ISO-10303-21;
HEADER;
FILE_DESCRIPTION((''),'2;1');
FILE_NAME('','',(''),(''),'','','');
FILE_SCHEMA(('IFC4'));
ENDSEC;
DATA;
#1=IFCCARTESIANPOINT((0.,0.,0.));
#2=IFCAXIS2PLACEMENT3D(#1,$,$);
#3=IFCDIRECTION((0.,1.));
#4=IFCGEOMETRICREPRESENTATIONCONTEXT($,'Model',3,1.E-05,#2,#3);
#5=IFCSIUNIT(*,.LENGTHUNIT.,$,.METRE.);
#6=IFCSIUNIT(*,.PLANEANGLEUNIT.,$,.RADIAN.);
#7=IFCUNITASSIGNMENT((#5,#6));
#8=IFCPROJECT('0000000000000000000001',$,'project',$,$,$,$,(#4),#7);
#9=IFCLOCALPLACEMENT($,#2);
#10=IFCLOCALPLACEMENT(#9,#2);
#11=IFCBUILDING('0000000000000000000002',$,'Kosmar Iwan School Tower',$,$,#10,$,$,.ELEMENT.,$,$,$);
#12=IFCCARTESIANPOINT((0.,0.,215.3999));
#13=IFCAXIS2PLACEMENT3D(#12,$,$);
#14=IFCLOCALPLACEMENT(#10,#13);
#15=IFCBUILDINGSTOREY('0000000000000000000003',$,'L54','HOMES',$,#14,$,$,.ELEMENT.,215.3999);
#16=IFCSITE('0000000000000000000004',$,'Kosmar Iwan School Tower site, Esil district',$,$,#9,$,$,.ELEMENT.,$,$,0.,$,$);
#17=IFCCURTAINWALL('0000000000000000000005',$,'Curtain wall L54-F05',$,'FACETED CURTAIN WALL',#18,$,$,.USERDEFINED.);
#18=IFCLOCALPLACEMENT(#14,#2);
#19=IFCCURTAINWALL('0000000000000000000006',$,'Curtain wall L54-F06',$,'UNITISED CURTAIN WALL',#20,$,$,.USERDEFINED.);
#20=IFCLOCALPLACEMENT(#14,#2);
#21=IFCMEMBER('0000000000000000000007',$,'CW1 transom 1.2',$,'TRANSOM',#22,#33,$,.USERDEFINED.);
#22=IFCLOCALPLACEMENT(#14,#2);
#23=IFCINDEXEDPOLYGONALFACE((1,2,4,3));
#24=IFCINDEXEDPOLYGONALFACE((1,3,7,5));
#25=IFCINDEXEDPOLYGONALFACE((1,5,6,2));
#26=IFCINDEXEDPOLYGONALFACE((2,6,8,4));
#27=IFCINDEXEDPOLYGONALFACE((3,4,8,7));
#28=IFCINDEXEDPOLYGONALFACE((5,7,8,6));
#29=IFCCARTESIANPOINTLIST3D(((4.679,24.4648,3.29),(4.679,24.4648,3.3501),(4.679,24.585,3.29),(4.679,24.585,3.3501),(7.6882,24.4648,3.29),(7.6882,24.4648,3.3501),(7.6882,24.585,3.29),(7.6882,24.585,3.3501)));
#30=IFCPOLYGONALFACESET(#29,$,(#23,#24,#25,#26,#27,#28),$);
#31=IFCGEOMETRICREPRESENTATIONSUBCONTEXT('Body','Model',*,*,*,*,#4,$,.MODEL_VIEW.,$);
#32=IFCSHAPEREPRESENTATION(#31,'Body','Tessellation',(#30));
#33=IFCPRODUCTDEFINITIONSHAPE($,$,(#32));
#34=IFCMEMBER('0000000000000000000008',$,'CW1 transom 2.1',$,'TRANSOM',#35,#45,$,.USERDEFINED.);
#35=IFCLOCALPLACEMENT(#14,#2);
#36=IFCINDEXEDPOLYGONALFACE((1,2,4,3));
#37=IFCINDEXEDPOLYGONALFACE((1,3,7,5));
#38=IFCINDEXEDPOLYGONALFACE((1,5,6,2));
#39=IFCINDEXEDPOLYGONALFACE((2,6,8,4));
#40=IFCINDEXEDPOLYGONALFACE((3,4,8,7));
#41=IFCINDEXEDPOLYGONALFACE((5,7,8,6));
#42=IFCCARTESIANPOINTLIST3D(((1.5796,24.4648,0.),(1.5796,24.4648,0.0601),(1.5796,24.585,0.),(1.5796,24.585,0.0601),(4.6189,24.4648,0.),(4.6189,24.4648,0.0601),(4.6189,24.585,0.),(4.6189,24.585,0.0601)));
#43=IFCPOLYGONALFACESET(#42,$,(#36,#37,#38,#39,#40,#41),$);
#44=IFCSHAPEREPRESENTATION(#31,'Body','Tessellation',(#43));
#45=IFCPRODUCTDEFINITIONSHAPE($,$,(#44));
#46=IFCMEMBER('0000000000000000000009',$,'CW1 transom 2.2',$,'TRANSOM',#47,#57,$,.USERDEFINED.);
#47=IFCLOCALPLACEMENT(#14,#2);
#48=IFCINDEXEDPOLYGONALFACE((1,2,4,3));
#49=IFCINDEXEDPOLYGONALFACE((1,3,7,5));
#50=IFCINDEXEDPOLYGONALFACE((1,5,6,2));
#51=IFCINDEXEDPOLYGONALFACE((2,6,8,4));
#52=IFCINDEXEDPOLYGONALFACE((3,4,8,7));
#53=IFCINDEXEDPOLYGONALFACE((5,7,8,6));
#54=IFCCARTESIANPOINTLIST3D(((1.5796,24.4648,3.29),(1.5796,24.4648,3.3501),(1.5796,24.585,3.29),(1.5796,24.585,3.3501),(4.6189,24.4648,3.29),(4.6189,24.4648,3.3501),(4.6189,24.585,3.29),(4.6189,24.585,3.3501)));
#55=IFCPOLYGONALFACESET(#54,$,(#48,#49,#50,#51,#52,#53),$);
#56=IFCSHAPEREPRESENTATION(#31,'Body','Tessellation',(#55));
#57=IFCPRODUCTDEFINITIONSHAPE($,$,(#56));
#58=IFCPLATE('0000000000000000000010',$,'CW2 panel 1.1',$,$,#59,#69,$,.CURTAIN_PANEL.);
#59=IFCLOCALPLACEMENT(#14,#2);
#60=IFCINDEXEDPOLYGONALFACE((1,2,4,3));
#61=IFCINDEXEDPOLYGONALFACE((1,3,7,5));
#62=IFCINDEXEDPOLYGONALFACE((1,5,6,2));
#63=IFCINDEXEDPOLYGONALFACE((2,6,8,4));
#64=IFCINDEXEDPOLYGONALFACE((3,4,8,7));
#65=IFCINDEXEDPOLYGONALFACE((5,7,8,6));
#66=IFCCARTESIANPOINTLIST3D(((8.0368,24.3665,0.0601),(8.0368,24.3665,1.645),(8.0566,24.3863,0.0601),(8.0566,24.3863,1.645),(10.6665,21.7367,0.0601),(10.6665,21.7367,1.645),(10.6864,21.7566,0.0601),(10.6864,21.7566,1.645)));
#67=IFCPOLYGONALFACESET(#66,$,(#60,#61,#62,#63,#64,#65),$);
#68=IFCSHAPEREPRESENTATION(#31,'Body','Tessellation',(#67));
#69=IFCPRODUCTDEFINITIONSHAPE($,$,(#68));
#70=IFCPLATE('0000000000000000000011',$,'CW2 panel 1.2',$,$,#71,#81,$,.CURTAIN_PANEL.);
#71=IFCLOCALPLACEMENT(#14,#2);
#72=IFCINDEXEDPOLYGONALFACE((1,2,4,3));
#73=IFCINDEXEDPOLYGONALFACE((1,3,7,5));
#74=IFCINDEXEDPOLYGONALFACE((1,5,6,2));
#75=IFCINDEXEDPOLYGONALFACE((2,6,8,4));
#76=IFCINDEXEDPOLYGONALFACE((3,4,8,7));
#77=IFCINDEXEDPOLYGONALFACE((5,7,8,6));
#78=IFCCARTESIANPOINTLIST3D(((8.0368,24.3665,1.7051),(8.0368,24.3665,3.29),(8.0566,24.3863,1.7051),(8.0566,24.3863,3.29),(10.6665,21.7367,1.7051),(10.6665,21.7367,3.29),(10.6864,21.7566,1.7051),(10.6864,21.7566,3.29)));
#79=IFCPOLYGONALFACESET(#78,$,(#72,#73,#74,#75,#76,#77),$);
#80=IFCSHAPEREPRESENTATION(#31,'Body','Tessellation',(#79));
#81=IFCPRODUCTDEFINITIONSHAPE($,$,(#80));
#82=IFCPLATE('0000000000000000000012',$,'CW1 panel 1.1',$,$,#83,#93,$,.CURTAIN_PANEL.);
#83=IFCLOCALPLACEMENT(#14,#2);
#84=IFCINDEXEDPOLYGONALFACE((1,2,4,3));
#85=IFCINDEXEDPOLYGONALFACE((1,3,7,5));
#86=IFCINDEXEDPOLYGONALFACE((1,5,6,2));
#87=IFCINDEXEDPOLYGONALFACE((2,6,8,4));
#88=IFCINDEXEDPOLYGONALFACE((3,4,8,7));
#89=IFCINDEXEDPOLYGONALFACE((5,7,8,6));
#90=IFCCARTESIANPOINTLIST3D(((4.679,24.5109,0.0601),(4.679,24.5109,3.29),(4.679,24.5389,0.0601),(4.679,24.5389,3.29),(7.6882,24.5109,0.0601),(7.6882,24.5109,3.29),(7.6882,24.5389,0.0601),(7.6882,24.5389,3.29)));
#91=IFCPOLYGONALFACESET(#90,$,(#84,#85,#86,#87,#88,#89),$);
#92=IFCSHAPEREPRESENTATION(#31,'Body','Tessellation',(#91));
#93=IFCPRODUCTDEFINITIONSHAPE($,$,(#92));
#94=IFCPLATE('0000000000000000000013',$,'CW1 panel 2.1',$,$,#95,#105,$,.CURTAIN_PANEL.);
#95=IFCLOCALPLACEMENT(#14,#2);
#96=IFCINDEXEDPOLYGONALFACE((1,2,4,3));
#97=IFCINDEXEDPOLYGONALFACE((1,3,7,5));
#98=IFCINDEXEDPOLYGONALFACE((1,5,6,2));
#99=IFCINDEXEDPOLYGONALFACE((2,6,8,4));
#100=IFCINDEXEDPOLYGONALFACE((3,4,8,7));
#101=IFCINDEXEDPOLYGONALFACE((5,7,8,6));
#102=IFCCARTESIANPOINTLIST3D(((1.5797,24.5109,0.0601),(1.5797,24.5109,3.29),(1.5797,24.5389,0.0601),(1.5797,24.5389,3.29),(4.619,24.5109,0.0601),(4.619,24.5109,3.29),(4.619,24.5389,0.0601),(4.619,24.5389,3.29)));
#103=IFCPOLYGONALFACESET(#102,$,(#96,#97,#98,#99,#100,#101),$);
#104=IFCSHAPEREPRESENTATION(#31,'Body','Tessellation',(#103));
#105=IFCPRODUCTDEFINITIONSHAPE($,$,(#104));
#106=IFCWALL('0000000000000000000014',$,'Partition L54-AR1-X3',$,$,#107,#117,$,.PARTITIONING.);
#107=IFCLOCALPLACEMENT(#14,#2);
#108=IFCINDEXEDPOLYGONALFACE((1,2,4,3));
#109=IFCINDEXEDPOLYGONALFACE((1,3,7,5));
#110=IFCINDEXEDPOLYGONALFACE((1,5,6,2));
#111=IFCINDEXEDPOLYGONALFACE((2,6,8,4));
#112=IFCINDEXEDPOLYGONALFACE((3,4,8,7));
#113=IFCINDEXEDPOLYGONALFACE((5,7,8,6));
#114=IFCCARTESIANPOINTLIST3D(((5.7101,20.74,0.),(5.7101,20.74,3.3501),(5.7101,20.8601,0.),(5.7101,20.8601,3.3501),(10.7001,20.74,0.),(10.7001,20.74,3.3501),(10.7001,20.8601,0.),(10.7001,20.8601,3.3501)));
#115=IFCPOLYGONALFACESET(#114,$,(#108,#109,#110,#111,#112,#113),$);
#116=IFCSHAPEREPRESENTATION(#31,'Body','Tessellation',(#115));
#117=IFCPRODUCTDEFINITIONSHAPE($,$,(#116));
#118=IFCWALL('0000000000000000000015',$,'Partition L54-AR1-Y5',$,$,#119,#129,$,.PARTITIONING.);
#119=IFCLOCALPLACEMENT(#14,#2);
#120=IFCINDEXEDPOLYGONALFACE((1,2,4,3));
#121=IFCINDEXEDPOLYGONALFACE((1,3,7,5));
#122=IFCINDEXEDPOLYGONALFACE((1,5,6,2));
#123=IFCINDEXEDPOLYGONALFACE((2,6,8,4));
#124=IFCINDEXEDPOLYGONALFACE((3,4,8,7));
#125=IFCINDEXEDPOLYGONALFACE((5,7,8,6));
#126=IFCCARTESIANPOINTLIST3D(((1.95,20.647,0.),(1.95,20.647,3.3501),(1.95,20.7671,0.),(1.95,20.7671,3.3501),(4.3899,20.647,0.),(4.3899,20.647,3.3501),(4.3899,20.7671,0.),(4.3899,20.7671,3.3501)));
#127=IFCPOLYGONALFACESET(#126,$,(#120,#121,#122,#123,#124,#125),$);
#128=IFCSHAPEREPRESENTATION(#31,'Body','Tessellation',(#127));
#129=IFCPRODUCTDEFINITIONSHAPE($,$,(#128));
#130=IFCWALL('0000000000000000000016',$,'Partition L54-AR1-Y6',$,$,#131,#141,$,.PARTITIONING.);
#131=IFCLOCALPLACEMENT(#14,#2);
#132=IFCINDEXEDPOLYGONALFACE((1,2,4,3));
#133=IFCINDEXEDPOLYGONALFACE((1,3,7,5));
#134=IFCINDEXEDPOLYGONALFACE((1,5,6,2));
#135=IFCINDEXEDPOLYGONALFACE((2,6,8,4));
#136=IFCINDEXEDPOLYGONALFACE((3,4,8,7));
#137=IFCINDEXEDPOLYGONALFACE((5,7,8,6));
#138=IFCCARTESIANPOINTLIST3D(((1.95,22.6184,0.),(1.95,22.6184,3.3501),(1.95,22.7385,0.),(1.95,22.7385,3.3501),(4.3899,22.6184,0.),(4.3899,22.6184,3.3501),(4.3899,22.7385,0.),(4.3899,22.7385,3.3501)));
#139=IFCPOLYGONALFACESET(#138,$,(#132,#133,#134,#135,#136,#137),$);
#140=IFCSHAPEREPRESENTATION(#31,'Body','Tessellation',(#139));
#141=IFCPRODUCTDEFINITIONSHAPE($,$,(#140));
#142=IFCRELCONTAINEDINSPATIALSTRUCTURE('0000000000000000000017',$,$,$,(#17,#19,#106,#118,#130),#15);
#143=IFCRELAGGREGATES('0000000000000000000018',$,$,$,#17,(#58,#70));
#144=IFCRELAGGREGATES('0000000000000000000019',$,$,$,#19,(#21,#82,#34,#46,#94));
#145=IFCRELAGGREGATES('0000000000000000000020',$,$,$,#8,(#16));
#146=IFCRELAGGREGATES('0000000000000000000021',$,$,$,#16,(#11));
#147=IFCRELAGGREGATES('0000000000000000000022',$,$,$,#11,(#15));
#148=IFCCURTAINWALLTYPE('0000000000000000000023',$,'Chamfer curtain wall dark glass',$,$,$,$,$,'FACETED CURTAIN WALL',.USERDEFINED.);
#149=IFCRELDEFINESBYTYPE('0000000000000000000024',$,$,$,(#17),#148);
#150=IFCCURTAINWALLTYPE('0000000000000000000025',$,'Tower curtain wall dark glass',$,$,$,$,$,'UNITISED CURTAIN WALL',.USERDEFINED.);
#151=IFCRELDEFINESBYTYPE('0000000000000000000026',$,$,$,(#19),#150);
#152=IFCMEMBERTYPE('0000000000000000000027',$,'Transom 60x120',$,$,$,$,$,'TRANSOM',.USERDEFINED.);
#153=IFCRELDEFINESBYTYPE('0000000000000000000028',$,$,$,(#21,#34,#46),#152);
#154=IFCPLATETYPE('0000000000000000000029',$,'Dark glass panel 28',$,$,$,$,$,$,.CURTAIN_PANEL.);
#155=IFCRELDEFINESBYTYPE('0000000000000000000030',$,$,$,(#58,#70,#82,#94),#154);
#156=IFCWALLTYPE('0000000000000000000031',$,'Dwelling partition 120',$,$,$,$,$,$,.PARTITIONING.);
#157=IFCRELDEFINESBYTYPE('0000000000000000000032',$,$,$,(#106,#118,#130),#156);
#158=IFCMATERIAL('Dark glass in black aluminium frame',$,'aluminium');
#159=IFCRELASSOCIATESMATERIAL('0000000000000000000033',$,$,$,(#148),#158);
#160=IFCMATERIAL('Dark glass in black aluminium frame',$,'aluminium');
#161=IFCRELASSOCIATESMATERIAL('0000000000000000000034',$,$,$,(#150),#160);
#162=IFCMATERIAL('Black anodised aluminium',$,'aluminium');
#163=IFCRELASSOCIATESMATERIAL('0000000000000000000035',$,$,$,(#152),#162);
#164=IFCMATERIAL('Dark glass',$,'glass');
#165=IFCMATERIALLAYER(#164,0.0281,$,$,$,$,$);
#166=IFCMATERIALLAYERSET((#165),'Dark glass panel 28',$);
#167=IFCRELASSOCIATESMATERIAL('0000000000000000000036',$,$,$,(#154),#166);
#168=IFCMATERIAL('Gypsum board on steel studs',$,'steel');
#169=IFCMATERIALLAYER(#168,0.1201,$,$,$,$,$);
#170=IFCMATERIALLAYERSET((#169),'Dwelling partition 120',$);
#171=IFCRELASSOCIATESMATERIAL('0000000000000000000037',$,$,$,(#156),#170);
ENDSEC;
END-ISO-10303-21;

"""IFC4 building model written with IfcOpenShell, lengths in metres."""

from ifc_helpers import new_model, si_unit, direction, frame, frame_2d, origin, origin_2d, place, context, subcontext, project, spatial, rectangle, extrude, material, layer, layer_set, material_profile, profile_set, type_object, element, aggregate, save


model = new_model("IFC4")

# Units and contexts
model_context = context("Model", 3, precision=1e-05, world=origin(), true_north=direction((0.0, 1.0)))
body_context = subcontext(model_context, "Body", "Model", "MODEL_VIEW")
ifc_project = project(units=[si_unit("LENGTHUNIT", "METRE"), si_unit("PLANEANGLEUNIT", "RADIAN")], contexts=[model_context])

# Site, building, storey
site_placement = place(None, origin())
site = spatial("IfcSite", under=ifc_project, at=site_placement, Name="Kosmar Iwan School Tower site, Esil district", CompositionType="ELEMENT", RefElevation=0.0)
building_placement = place(site_placement, origin())
building = spatial("IfcBuilding", under=site, at=building_placement, Name="Kosmar Iwan School Tower", CompositionType="ELEMENT")
storey_placement = place(building_placement, frame((0.0, 0.0, 215.3999)))
storey = spatial("IfcBuildingStorey", under=building, at=storey_placement, Name="L54", Description="HOMES", CompositionType="ELEMENT", Elevation=215.3999)

# Curtain walls
ifc_material_1 = material(Name="Dark glass in black aluminium frame", Category="aluminium")
curtain_wall_type_1 = type_object("IfcCurtainWallType", Name="Chamfer curtain wall dark glass", ElementType="FACETED CURTAIN WALL", PredefinedType="USERDEFINED", material=ifc_material_1)
curtain_wall_1_placement = place(storey_placement, origin())
curtain_wall_1 = element("IfcCurtainWall", 1, at=curtain_wall_1_placement, inside=storey, type_object=curtain_wall_type_1, Name="Curtain wall L54-F05", ObjectType="FACETED CURTAIN WALL", PredefinedType="USERDEFINED")
ifc_material_2 = material(Name="Dark glass in black aluminium frame", Category="aluminium")
curtain_wall_type_2 = type_object("IfcCurtainWallType", Name="Tower curtain wall dark glass", ElementType="UNITISED CURTAIN WALL", PredefinedType="USERDEFINED", material=ifc_material_2)
curtain_wall_2_placement = place(storey_placement, origin())
curtain_wall_2 = element("IfcCurtainWall", 2, at=curtain_wall_2_placement, inside=storey, type_object=curtain_wall_type_2, Name="Curtain wall L54-F06", ObjectType="UNITISED CURTAIN WALL", PredefinedType="USERDEFINED")

# Members
ifc_material_3 = material(Name="Black anodised aluminium", Category="aluminium")
ifc_material_profile_1 = material_profile(ifc_material_3, rectangle(XDim=0.1201, YDim=0.0601, at=origin_2d()), Name="TRANSOM 60x120")
ifc_profile_set_1 = profile_set([ifc_material_profile_1], Name="Black anodised aluminium")
member_type_1 = type_object("IfcMemberType", Name="Transom 60x120", ElementType="TRANSOM", PredefinedType="USERDEFINED", material=ifc_profile_set_1)
member_1_placement = place(storey_placement, frame((7.6882, 24.5249, 3.3201), z_axis=(-1.0, 0.0, 0.0), x_axis=(0.0, -1.0, 0.0)))
member_1 = element("IfcMember", 3, at=member_1_placement, type_object=member_type_1, Name="CW1 transom 1.2", ObjectType="TRANSOM", PredefinedType="USERDEFINED", context=body_context, shape_type="SweptSolid", body=[
    extrude(rectangle(XDim=0.1201, YDim=0.0601, at=origin_2d()), origin(), (0.0, 0.0, 1.0), 3.0093),
])
member_2_placement = place(storey_placement, frame((4.6189, 24.5249, 0.03), z_axis=(-1.0, 0.0, 0.0), x_axis=(0.0, -1.0, 0.0)))
member_2 = element("IfcMember", 4, at=member_2_placement, type_object=member_type_1, Name="CW1 transom 2.1", ObjectType="TRANSOM", PredefinedType="USERDEFINED", context=body_context, shape_type="SweptSolid", body=[
    extrude(rectangle(XDim=0.1201, YDim=0.0601, at=origin_2d()), origin(), (0.0, 0.0, 1.0), 3.0393),
])
member_3_placement = place(storey_placement, frame((4.6189, 24.5249, 3.3201), z_axis=(-1.0, 0.0, 0.0), x_axis=(0.0, -1.0, 0.0)))
member_3 = element("IfcMember", 5, at=member_3_placement, type_object=member_type_1, Name="CW1 transom 2.2", ObjectType="TRANSOM", PredefinedType="USERDEFINED", context=body_context, shape_type="SweptSolid", body=[
    extrude(rectangle(XDim=0.1201, YDim=0.0601, at=origin_2d()), origin(), (0.0, 0.0, 1.0), 3.0393),
])

# Plates
ifc_material_4 = material(Name="Dark glass", Category="glass")
ifc_layer_1 = layer(ifc_material_4, 0.0281)
ifc_layer_set_1 = layer_set([ifc_layer_1], Name="Dark glass panel 28")
plate_type = type_object("IfcPlateType", Name="Dark glass panel 28", PredefinedType="CURTAIN_PANEL", material=ifc_layer_set_1)
plate_1_placement = place(storey_placement, frame((9.3616, 23.0615, 0.0601), z_axis=(0.0, 0.0, 1.0), x_axis=(-0.707107, 0.707107, 0.0)))
plate_1 = element("IfcPlate", 6, at=plate_1_placement, type_object=plate_type, Name="CW2 panel 1.1", PredefinedType="CURTAIN_PANEL", context=body_context, shape_type="SweptSolid", body=[
    extrude(rectangle(XDim=3.719, YDim=0.0281, at=origin_2d()), origin(), (0.0, 0.0, 1.0), 1.585),
])
plate_2_placement = place(storey_placement, frame((9.3616, 23.0615, 1.7051), z_axis=(0.0, 0.0, 1.0), x_axis=(-0.707107, 0.707107, 0.0)))
plate_2 = element("IfcPlate", 7, at=plate_2_placement, type_object=plate_type, Name="CW2 panel 1.2", PredefinedType="CURTAIN_PANEL", context=body_context, shape_type="SweptSolid", body=[
    extrude(rectangle(XDim=3.719, YDim=0.0281, at=origin_2d()), origin(), (0.0, 0.0, 1.0), 1.585),
])
aggregate(curtain_wall_1, [plate_1, plate_2])
plate_3_placement = place(storey_placement, frame((6.1836, 24.5249, 0.0601), z_axis=(0.0, 0.0, 1.0), x_axis=(-1.0, 0.0, 0.0)))
plate_3 = element("IfcPlate", 8, at=plate_3_placement, type_object=plate_type, Name="CW1 panel 1.1", PredefinedType="CURTAIN_PANEL", context=body_context, shape_type="SweptSolid", body=[
    extrude(rectangle(XDim=3.0093, YDim=0.0281, at=origin_2d()), origin(), (0.0, 0.0, 1.0), 3.23),
])
plate_4_placement = place(storey_placement, frame((3.0994, 24.5249, 0.0601), z_axis=(0.0, 0.0, 1.0), x_axis=(-1.0, 0.0, 0.0)))
plate_4 = element("IfcPlate", 9, at=plate_4_placement, type_object=plate_type, Name="CW1 panel 2.1", PredefinedType="CURTAIN_PANEL", context=body_context, shape_type="SweptSolid", body=[
    extrude(rectangle(XDim=3.0393, YDim=0.0281, at=origin_2d()), origin(), (0.0, 0.0, 1.0), 3.23),
])
aggregate(curtain_wall_2, [member_1, plate_3, member_2, member_3, plate_4])

# Walls
ifc_material_5 = material(Name="Gypsum board on steel studs", Category="steel")
ifc_layer_2 = layer(ifc_material_5, 0.1201)
ifc_layer_set_2 = layer_set([ifc_layer_2], Name="Dwelling partition 120")
wall_type = type_object("IfcWallType", Name="Dwelling partition 120", PredefinedType="PARTITIONING", material=ifc_layer_set_2)
wall_placement = place(storey_placement, frame((5.71, 20.8, 0.0), z_axis=(0.0, 0.0, 1.0), x_axis=(1.0, 0.0, 0.0)))
element("IfcWall", 10, at=wall_placement, inside=storey, type_object=wall_type, Name="Partition L54-AR1-X3", PredefinedType="PARTITIONING", context=body_context, shape_type="SweptSolid", body=[
    extrude(rectangle(XDim=4.99, YDim=0.1201, at=frame_2d((2.4951, 0.0))), origin(), (0.0, 0.0, 1.0), 3.3501),
])
for number, where, z_axis, x_axis, name in (
    (11, (1.95, 20.707, 0.0), (0.0, 0.0, 1.0), (1.0, 0.0, 0.0), "Partition L54-AR1-Y5"),
    (12, (1.95, 22.6785, 0.0), (0.0, 0.0, 1.0), (1.0, 0.0, 0.0), "Partition L54-AR1-Y6"),
):
    element("IfcWall", number, at=place(storey_placement, frame(where, z_axis=z_axis, x_axis=x_axis)), inside=storey, type_object=wall_type, Name=name, PredefinedType="PARTITIONING", context=body_context, shape_type="SweptSolid", body=[
        extrude(rectangle(XDim=2.4399, YDim=0.1201, at=frame_2d((1.22, 0.0))), origin(), (0.0, 0.0, 1.0), 3.3501),
    ])

save(model, "model.ifc")
